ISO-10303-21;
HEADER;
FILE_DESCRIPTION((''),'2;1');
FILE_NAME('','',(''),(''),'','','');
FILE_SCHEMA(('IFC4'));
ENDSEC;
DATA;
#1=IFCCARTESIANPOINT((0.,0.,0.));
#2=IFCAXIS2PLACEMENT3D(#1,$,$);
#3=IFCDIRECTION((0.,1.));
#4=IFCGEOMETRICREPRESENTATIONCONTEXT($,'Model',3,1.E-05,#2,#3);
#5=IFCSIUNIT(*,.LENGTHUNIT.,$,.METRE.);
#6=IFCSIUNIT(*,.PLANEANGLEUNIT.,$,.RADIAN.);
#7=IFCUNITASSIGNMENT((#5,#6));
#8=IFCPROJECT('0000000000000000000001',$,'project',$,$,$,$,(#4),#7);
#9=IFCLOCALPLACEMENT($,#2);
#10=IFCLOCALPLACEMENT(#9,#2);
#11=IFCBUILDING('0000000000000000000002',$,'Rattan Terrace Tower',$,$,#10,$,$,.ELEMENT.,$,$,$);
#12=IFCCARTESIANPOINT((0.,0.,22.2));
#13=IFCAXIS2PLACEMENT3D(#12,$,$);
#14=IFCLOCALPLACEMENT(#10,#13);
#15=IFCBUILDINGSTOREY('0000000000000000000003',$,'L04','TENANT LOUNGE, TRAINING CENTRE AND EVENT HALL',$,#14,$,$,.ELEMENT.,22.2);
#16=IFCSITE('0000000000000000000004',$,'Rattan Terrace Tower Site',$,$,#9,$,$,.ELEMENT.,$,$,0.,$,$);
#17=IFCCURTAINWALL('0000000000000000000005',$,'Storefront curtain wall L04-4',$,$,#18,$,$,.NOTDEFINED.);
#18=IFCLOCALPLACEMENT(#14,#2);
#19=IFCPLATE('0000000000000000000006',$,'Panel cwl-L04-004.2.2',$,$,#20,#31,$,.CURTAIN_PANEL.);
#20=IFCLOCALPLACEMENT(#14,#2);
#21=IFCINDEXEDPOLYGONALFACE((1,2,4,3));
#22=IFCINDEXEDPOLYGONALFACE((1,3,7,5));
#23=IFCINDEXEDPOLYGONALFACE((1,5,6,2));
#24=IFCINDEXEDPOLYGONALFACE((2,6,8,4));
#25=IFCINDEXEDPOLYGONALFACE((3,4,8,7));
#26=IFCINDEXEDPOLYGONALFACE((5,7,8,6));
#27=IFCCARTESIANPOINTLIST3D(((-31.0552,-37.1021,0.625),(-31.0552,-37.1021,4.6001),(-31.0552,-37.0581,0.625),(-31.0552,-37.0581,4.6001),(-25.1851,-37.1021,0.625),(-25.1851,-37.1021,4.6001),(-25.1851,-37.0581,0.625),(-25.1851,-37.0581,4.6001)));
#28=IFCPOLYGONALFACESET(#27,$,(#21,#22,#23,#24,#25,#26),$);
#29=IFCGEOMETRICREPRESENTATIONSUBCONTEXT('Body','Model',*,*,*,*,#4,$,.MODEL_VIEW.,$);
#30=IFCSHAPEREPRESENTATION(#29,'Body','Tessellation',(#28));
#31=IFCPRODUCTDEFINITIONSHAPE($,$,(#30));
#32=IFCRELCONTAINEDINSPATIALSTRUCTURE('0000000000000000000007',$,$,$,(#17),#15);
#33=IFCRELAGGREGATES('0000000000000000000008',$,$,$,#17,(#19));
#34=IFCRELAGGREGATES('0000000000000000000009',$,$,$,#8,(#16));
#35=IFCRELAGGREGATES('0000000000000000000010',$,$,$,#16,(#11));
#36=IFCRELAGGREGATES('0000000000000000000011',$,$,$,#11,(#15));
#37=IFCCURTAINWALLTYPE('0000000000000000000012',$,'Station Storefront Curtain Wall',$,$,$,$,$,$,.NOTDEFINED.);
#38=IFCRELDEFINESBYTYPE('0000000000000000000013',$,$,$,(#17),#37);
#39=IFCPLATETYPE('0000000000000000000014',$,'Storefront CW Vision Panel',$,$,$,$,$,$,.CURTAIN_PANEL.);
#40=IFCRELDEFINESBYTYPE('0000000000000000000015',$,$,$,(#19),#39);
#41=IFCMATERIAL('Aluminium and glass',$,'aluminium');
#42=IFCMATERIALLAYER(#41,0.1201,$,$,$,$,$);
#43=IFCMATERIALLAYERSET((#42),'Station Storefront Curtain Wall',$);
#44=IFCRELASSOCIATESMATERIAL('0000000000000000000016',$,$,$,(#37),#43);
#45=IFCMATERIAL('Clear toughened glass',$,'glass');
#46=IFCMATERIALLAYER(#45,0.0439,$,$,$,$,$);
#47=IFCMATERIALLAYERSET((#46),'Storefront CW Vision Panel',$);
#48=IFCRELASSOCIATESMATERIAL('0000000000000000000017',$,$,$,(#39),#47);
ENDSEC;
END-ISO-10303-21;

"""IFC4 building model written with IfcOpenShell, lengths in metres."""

from ifc_helpers import new_model, si_unit, direction, frame, origin, origin_2d, place, context, subcontext, project, spatial, rectangle, extrude, material, layer, layer_set, type_object, element, aggregate, save


model = new_model("IFC4")

# Units and contexts
model_context = context("Model", 3, precision=1e-05, world=origin(), true_north=direction((0.0, 1.0)))
body_context = subcontext(model_context, "Body", "Model", "MODEL_VIEW")
ifc_project = project(units=[si_unit("LENGTHUNIT", "METRE"), si_unit("PLANEANGLEUNIT", "RADIAN")], contexts=[model_context])

# Site, building, storey
site_placement = place(None, origin())
site = spatial("IfcSite", under=ifc_project, at=site_placement, Name="Rattan Terrace Tower Site", CompositionType="ELEMENT", RefElevation=0.0)
building_placement = place(site_placement, origin())
building = spatial("IfcBuilding", under=site, at=building_placement, Name="Rattan Terrace Tower", CompositionType="ELEMENT")
storey_placement = place(building_placement, frame((0.0, 0.0, 22.2)))
storey = spatial("IfcBuildingStorey", under=building, at=storey_placement, Name="L04", Description="TENANT LOUNGE, TRAINING CENTRE AND EVENT HALL", CompositionType="ELEMENT", Elevation=22.2)

# Shared definitions
ifc_material_1 = material(Name="Aluminium and glass", Category="aluminium")
ifc_layer_1 = layer(ifc_material_1, 0.1201)
ifc_layer_set_1 = layer_set([ifc_layer_1], Name="Station Storefront Curtain Wall")
curtain_wall_type = type_object("IfcCurtainWallType", Name="Station Storefront Curtain Wall", PredefinedType="NOTDEFINED", material=ifc_layer_set_1)

# Curtain wall
curtain_wall_1_placement = place(storey_placement, origin())
curtain_wall_1 = element("IfcCurtainWall", 1, at=curtain_wall_1_placement, inside=storey, type_object=curtain_wall_type, Name="Storefront curtain wall L04-4", PredefinedType="NOTDEFINED")

# Plate
ifc_material_2 = material(Name="Clear toughened glass", Category="glass")
ifc_layer_2 = layer(ifc_material_2, 0.0439)
ifc_layer_set_2 = layer_set([ifc_layer_2], Name="Storefront CW Vision Panel")
plate_type_1 = type_object("IfcPlateType", Name="Storefront CW Vision Panel", PredefinedType="CURTAIN_PANEL", material=ifc_layer_set_2)
plate_1_placement = place(storey_placement, frame((-28.1201, -37.0801, 0.625), z_axis=(0.0, 0.0, 1.0), x_axis=(1.0, 0.0, 0.0)))
plate_1 = element("IfcPlate", 2, at=plate_1_placement, type_object=plate_type_1, Name="Panel cwl-L04-004.2.2", PredefinedType="CURTAIN_PANEL", context=body_context, shape_type="SweptSolid", body=[
    extrude(rectangle(XDim=5.8701, YDim=0.0439, at=origin_2d()), origin(), (0.0, 0.0, 1.0), 3.9751),
])
aggregate(curtain_wall_1, [plate_1])

save(model, "model.ifc")
